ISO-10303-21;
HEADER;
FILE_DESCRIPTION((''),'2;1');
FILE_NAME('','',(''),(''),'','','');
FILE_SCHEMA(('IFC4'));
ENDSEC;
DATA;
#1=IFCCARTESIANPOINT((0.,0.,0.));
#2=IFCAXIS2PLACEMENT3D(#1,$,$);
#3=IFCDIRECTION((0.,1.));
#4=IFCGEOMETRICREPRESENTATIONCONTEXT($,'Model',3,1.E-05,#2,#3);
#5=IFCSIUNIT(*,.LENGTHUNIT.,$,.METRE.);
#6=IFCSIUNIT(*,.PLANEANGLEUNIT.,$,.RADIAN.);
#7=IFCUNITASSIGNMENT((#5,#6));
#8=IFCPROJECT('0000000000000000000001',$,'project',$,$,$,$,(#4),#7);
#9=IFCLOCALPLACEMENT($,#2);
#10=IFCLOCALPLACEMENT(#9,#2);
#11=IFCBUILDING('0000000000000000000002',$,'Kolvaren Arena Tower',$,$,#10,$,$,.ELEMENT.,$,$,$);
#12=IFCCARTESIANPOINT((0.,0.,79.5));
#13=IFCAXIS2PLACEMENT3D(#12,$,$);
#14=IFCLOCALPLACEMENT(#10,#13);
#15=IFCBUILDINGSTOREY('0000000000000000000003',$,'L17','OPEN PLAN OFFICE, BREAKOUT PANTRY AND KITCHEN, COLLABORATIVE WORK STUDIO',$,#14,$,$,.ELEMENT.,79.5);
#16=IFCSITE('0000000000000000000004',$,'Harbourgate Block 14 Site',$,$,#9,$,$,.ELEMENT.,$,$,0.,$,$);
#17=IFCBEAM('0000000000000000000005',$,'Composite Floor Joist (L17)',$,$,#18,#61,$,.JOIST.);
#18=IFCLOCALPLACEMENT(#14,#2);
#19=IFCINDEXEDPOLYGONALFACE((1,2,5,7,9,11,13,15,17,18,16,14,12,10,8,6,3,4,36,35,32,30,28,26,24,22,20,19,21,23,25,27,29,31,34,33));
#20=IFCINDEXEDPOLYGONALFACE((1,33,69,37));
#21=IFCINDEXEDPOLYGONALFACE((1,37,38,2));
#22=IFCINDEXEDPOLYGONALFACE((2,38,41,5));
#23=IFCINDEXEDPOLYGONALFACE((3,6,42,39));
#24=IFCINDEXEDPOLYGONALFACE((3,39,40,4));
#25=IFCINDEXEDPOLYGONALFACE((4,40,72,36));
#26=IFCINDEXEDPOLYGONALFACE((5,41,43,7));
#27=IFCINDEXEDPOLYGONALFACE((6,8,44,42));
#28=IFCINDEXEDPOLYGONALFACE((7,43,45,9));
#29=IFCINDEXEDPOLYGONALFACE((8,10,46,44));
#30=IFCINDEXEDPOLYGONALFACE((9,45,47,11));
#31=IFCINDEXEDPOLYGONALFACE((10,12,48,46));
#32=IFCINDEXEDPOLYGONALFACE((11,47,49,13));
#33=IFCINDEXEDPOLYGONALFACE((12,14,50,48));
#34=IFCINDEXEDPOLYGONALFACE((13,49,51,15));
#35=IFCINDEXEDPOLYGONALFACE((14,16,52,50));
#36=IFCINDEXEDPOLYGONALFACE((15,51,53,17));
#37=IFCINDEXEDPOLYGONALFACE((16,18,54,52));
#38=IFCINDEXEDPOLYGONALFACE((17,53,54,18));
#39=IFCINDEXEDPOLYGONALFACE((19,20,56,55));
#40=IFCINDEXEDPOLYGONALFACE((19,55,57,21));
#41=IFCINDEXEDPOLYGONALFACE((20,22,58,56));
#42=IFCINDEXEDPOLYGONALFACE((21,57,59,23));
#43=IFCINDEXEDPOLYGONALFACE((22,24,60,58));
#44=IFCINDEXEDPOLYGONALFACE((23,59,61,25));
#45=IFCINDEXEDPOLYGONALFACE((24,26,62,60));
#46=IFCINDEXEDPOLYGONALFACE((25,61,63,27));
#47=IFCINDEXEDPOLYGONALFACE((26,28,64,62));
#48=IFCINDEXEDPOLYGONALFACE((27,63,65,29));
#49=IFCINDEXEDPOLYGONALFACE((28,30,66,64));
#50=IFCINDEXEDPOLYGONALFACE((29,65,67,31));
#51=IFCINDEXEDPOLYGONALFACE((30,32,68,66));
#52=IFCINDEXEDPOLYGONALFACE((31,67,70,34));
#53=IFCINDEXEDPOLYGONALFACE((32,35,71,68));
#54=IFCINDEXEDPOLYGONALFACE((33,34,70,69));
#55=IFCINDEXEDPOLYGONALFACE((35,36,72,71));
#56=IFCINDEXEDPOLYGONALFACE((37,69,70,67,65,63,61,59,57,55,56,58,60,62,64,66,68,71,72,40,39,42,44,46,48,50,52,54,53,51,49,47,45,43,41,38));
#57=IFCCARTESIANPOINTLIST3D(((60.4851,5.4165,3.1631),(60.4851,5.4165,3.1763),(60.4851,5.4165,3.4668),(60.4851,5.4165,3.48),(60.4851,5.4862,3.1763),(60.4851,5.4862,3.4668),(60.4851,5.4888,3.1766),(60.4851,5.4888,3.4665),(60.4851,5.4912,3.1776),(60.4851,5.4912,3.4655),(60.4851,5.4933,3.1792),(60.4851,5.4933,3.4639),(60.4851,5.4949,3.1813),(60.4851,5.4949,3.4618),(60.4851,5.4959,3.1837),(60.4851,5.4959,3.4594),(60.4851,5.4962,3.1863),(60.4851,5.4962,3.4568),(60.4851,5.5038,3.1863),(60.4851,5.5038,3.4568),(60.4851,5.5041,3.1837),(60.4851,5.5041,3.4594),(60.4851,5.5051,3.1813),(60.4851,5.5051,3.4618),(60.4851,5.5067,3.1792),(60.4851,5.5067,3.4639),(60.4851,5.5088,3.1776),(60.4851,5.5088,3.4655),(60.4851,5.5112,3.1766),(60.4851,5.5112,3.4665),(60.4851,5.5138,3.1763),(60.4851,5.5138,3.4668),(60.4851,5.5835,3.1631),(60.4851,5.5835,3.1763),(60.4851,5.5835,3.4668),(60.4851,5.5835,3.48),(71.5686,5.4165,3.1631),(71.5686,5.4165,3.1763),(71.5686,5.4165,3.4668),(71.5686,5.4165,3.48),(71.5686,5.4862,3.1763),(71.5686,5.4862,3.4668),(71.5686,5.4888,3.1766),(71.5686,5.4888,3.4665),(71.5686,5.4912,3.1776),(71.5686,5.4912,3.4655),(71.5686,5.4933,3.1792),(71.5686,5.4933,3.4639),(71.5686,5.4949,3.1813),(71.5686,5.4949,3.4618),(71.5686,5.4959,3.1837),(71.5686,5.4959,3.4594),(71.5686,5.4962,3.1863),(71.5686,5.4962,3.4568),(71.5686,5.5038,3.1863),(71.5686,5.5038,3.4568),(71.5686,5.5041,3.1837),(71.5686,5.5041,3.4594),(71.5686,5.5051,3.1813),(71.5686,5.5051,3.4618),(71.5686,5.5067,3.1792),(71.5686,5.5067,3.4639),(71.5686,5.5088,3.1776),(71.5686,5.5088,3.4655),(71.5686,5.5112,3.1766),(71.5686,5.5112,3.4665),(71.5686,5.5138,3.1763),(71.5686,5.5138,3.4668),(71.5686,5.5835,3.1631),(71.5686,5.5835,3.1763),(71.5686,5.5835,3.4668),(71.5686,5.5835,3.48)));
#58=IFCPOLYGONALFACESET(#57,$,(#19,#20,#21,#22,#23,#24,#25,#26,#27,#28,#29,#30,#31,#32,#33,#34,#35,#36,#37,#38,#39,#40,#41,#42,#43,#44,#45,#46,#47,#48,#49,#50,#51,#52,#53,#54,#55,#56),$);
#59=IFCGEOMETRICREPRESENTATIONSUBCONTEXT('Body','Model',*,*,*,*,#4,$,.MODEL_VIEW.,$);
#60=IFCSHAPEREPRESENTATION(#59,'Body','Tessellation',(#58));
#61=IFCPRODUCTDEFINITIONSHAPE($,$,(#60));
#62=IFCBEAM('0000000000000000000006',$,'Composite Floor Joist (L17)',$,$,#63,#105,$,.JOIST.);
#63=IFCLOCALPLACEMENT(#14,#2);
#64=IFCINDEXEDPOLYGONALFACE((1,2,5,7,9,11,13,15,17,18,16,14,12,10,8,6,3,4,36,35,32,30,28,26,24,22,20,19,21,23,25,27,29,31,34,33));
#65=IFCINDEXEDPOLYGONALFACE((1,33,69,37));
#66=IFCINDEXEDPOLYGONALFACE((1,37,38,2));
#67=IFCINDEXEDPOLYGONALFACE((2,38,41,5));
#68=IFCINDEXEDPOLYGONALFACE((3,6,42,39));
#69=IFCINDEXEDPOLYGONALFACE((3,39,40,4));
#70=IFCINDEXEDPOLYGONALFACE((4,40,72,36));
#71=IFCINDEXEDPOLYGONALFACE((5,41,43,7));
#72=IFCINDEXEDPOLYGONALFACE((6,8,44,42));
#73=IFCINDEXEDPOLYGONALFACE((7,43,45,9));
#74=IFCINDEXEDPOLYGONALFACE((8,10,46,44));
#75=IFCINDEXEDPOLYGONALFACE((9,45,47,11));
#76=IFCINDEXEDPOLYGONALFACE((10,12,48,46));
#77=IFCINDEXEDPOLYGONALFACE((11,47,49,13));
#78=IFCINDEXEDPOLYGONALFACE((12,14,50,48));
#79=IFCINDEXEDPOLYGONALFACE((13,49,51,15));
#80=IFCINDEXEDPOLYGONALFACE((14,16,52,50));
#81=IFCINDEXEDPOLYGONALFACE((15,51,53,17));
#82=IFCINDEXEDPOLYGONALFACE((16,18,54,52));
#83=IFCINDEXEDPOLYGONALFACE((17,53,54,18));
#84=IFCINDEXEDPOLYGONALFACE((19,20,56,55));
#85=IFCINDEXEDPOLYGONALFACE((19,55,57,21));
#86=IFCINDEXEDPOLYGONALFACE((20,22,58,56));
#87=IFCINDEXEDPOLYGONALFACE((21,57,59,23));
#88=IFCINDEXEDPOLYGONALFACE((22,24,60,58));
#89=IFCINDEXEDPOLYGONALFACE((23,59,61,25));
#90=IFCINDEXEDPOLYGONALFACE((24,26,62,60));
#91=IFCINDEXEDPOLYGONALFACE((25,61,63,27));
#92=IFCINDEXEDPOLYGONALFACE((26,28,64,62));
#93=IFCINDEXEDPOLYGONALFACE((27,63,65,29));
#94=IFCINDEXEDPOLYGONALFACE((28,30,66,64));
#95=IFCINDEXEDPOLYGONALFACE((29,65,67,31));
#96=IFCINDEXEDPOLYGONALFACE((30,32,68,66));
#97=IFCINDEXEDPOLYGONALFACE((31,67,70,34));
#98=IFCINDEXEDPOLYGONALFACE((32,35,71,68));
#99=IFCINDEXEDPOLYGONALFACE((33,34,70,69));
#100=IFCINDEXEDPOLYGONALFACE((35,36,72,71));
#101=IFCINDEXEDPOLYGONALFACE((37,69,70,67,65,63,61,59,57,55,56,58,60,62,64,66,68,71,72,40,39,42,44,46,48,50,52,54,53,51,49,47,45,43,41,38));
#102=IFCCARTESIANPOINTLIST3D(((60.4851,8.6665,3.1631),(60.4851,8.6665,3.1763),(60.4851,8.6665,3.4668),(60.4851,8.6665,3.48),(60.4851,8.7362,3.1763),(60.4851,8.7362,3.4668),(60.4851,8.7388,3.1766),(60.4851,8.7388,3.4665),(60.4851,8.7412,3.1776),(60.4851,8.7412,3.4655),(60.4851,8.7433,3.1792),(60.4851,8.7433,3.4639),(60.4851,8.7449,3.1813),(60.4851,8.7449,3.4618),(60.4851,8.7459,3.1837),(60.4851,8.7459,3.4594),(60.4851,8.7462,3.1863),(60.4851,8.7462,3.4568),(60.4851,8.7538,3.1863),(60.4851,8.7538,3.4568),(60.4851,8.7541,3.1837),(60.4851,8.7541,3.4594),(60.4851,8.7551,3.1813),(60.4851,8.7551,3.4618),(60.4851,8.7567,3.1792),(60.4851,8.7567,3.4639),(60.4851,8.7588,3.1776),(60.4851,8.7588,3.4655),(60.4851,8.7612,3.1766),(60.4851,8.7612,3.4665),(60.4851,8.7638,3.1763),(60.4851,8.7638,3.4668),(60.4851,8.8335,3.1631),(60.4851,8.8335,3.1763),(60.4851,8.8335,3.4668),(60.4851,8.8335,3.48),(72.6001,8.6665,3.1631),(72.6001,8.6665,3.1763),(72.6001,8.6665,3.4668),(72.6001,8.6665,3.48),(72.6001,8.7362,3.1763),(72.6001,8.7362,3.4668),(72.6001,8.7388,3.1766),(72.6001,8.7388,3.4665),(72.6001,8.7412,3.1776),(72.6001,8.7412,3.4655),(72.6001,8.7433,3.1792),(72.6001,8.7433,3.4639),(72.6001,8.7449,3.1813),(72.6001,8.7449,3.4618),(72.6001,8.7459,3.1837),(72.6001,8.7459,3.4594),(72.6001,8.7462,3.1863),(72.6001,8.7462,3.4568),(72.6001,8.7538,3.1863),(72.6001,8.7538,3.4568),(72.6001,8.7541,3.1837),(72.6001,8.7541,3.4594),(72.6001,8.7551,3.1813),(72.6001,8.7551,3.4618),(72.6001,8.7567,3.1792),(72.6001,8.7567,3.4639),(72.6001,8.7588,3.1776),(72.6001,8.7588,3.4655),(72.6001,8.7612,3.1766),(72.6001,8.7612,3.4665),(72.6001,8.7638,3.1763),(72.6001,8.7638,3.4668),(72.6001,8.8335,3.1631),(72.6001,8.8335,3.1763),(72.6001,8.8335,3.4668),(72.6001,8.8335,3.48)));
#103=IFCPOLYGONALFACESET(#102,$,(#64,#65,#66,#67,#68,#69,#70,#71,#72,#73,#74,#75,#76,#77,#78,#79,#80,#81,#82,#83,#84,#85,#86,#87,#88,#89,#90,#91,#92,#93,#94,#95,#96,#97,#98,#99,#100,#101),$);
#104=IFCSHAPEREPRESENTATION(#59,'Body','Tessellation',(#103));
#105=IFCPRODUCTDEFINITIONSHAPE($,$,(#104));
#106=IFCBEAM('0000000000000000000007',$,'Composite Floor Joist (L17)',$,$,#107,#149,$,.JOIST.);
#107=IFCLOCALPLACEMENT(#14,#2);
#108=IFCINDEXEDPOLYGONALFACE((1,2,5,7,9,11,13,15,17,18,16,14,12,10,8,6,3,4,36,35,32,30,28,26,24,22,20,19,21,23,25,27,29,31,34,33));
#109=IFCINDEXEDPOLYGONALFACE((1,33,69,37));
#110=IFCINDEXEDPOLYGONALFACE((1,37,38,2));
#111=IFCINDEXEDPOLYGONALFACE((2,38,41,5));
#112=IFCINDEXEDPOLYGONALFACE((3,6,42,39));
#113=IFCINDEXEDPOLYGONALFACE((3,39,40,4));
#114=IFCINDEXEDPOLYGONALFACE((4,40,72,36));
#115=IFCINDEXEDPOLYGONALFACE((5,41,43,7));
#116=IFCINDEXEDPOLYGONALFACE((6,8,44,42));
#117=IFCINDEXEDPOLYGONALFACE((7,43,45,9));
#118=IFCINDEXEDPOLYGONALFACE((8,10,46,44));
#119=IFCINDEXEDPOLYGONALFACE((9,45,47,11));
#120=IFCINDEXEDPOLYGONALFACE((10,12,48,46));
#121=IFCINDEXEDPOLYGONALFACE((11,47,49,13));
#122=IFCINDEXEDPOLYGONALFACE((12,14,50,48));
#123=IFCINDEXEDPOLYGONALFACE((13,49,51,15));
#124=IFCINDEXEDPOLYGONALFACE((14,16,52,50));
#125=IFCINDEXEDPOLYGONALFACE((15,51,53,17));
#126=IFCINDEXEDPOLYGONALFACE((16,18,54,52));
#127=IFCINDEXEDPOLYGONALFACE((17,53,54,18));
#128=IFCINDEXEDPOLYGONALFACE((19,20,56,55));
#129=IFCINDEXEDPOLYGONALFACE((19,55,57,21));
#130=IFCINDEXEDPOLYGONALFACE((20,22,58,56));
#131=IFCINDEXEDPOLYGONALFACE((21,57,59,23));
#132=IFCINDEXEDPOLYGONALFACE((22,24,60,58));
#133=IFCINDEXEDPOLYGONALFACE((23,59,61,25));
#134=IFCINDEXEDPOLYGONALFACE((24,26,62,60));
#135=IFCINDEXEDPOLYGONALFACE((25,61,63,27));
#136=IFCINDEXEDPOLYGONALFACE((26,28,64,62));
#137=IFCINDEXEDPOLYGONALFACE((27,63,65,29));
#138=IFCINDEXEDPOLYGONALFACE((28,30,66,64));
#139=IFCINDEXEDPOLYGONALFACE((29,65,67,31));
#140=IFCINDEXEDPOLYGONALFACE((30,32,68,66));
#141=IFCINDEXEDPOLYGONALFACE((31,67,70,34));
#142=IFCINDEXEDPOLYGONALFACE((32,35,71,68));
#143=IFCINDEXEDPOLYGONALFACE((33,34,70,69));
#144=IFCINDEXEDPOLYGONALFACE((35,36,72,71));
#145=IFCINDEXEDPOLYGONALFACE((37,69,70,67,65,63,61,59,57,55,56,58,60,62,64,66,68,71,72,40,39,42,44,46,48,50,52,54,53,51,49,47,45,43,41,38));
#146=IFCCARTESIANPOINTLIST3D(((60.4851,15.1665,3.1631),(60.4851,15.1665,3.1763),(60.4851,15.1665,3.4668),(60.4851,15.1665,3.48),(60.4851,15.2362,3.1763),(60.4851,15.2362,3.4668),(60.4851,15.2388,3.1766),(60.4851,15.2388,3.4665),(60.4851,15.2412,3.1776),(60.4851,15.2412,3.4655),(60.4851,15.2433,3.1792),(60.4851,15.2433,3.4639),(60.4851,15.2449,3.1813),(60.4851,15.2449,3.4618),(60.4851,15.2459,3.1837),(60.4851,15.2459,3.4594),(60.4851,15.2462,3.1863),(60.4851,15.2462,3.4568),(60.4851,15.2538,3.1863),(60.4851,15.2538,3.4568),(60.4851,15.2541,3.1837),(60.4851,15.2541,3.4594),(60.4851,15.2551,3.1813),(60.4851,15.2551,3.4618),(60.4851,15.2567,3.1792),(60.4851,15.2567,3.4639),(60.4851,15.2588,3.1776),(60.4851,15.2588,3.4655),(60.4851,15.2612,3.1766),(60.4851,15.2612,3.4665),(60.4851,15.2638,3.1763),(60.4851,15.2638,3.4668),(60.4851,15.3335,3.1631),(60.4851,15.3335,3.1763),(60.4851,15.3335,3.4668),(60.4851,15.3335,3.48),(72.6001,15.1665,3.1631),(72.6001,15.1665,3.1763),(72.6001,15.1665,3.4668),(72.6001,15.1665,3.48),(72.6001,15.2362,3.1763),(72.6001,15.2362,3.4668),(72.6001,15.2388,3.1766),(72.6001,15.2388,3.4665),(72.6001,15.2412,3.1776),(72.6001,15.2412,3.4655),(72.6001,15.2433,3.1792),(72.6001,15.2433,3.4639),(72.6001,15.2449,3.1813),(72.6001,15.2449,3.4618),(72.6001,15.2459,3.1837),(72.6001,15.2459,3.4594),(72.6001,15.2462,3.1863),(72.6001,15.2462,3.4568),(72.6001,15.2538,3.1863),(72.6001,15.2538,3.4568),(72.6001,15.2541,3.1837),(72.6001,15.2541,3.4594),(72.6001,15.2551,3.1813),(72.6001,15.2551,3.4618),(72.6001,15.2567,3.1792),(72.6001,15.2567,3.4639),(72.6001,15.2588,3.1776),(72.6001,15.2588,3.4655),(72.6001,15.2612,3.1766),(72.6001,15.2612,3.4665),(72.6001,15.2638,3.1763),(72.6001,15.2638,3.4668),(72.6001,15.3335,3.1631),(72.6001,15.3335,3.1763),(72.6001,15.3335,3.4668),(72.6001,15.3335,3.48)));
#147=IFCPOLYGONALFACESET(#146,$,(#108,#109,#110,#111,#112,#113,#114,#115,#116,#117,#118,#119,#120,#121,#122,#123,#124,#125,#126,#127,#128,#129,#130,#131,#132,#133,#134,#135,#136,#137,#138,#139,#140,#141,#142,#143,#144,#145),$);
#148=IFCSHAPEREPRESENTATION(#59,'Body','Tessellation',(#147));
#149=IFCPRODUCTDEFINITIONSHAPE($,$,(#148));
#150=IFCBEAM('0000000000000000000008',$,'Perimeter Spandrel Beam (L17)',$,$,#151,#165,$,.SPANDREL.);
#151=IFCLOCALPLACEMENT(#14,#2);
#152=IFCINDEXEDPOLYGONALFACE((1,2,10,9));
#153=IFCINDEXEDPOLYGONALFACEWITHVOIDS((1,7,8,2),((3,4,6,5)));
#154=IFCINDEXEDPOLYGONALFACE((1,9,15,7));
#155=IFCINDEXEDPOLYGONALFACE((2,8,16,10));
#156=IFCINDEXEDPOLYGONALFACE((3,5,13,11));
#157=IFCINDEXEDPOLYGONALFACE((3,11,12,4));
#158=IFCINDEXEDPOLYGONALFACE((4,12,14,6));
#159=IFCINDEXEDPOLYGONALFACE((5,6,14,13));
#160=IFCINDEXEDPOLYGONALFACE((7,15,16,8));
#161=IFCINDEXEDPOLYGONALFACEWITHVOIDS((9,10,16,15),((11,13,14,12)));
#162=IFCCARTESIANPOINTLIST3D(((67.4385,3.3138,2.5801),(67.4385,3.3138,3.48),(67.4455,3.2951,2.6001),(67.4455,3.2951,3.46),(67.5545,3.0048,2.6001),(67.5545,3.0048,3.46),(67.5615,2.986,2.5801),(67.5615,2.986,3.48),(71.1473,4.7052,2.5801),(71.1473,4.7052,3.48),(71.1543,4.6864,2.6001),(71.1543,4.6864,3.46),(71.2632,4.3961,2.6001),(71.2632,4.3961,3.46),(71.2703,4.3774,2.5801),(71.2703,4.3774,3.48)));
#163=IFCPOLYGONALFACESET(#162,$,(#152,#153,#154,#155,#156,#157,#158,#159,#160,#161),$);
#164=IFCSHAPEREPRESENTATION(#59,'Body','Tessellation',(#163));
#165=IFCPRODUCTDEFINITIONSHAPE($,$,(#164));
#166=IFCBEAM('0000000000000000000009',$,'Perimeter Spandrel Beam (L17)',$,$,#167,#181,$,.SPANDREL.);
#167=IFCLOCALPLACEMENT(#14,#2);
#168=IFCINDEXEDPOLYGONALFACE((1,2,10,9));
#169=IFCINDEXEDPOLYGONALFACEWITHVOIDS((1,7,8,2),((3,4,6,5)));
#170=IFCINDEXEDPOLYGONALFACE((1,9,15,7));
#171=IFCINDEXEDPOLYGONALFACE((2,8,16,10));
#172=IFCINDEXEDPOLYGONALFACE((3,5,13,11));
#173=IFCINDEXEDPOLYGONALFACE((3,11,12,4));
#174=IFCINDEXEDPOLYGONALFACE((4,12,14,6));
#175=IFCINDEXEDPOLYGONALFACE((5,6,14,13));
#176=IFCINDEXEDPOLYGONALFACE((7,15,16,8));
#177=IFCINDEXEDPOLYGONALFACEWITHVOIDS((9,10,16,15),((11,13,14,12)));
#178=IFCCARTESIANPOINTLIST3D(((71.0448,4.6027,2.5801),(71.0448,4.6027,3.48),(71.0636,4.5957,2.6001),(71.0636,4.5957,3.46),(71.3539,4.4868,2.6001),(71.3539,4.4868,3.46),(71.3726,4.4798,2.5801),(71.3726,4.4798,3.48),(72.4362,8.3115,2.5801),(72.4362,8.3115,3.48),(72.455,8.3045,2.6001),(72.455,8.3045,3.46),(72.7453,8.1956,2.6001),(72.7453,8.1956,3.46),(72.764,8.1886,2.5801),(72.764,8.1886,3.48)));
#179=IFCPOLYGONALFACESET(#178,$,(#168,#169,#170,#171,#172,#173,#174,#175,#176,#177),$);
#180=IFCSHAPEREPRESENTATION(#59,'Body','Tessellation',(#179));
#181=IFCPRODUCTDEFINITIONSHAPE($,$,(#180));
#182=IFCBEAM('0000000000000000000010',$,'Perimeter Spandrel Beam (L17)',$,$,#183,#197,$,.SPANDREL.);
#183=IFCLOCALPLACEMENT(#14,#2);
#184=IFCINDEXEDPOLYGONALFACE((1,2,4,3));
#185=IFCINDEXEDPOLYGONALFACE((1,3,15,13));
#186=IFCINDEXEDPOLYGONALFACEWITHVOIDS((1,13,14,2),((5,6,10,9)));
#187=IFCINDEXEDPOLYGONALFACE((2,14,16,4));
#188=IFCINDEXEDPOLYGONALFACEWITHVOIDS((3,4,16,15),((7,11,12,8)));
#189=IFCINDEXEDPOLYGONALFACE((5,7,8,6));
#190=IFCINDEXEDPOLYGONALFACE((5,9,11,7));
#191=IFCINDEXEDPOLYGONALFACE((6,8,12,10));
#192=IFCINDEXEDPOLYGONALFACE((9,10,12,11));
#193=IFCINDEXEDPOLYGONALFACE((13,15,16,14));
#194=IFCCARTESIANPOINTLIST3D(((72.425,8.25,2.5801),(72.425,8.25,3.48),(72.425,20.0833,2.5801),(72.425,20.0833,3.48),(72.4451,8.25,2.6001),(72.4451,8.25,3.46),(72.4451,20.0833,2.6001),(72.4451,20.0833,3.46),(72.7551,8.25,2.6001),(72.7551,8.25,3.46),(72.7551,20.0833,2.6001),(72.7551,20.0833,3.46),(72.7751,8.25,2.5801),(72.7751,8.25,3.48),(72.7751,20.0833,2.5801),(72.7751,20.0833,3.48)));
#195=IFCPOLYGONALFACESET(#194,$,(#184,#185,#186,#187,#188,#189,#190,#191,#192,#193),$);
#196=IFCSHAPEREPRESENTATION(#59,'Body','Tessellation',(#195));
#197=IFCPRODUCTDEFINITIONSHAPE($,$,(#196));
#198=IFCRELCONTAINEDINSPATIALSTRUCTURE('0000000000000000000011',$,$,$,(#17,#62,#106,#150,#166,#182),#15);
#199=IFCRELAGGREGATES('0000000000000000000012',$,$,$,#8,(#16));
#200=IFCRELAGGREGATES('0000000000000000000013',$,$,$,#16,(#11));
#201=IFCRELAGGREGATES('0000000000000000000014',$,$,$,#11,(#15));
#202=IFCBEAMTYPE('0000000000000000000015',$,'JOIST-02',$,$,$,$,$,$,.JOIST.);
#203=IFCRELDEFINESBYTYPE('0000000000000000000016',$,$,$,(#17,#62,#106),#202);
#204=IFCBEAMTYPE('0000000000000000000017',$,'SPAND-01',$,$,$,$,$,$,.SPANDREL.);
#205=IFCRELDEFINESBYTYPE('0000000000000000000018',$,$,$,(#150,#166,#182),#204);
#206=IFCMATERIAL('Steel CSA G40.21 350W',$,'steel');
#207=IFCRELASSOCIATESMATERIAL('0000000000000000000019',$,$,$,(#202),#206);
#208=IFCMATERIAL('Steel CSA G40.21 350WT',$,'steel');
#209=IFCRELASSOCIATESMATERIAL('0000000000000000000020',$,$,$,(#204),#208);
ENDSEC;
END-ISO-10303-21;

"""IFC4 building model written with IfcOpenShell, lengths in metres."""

from ifc_helpers import new_model, si_unit, direction, frame, origin, origin_2d, place, context, subcontext, project, spatial, hollow_rectangle, i_section, extrude, material, material_profile, profile_set, type_object, element, save


model = new_model("IFC4")

# Units and contexts
model_context = context("Model", 3, precision=1e-05, world=origin(), true_north=direction((0.0, 1.0)))
body_context = subcontext(model_context, "Body", "Model", "MODEL_VIEW")
ifc_project = project(units=[si_unit("LENGTHUNIT", "METRE"), si_unit("PLANEANGLEUNIT", "RADIAN")], contexts=[model_context])

# Site, building, storey
site_placement = place(None, origin())
site = spatial("IfcSite", under=ifc_project, at=site_placement, Name="Harbourgate Block 14 Site", CompositionType="ELEMENT", RefElevation=0.0)
building_placement = place(site_placement, origin())
building = spatial("IfcBuilding", under=site, at=building_placement, Name="Kolvaren Arena Tower", CompositionType="ELEMENT")
storey_placement = place(building_placement, frame((0.0, 0.0, 79.5)))
storey = spatial("IfcBuildingStorey", under=building, at=storey_placement, Name="L17", Description="OPEN PLAN OFFICE, BREAKOUT PANTRY AND KITCHEN, COLLABORATIVE WORK STUDIO", CompositionType="ELEMENT", Elevation=79.5)

# Beams
ifc_material_1 = material(Name="Steel CSA G40.21 350W", Category="steel")
ifc_material_profile_1 = material_profile(ifc_material_1, i_section(OverallWidth=0.167, OverallDepth=0.3169, WebThickness=0.0076, FlangeThickness=0.0132, FilletRadius=0.01, at=origin_2d()), Name="W310x52")
ifc_profile_set_1 = profile_set([ifc_material_profile_1], Name="Steel CSA G40.21 350W")
beam_type_1 = type_object("IfcBeamType", Name="JOIST-02", PredefinedType="JOIST", material=ifc_profile_set_1)
beam_1_placement = place(storey_placement, frame((60.4851, 5.5, 3.3215), z_axis=(1.0, 0.0, 0.0), x_axis=(0.0, 1.0, 0.0)))
element("IfcBeam", 1, at=beam_1_placement, inside=storey, type_object=beam_type_1, Name="Composite Floor Joist (L17)", PredefinedType="JOIST", context=body_context, shape_type="SweptSolid", body=[
    extrude(i_section(OverallWidth=0.167, OverallDepth=0.3169, WebThickness=0.0076, FlangeThickness=0.0132, FilletRadius=0.01, at=origin_2d()), origin(), (0.0, 0.0, 1.0), 11.0835),
])
for number, where, z_axis, x_axis, name in (
    (2, (60.4851, 8.75, 3.3215), (1.0, 0.0, 0.0), (0.0, 1.0, 0.0), "Composite Floor Joist (L17)"),
    (3, (60.4851, 15.25, 3.3215), (1.0, 0.0, 0.0), (0.0, 1.0, 0.0), "Composite Floor Joist (L17)"),
):
    element("IfcBeam", number, at=place(storey_placement, frame(where, z_axis=z_axis, x_axis=x_axis)), inside=storey, type_object=beam_type_1, Name=name, PredefinedType="JOIST", context=body_context, shape_type="SweptSolid", body=[
        extrude(i_section(OverallWidth=0.167, OverallDepth=0.3169, WebThickness=0.0076, FlangeThickness=0.0132, FilletRadius=0.01, at=origin_2d()), origin(), (0.0, 0.0, 1.0), 12.115),
    ])
ifc_material_2 = material(Name="Steel CSA G40.21 350WT", Category="steel")
ifc_material_profile_2 = material_profile(ifc_material_2, hollow_rectangle(XDim=0.3501, YDim=0.8999, WallThickness=0.02, at=origin_2d()), Name="HSS 900x350x20")
ifc_profile_set_2 = profile_set([ifc_material_profile_2], Name="Steel CSA G40.21 350WT")
beam_type_2 = type_object("IfcBeamType", Name="SPAND-01", PredefinedType="SPANDREL", material=ifc_profile_set_2)
for number, where, z_axis, x_axis, name in (
    (4, (67.5, 3.1499, 3.03), (0.936281, 0.351252, 0.0), (-0.351252, 0.936281, 0.0), "Perimeter Spandrel Beam (L17)"),
    (5, (71.2087, 4.5413, 3.03), (0.351252, 0.936281, 0.0), (-0.936281, 0.351252, 0.0), "Perimeter Spandrel Beam (L17)"),
):
    element("IfcBeam", number, at=place(storey_placement, frame(where, z_axis=z_axis, x_axis=x_axis)), inside=storey, type_object=beam_type_2, Name=name, PredefinedType="SPANDREL", context=body_context, shape_type="SweptSolid", body=[
        extrude(hollow_rectangle(XDim=0.3501, YDim=0.8999, WallThickness=0.02, at=origin_2d()), origin(), (0.0, 0.0, 1.0), 3.9612),
    ])
beam_2_placement = place(storey_placement, frame((72.6001, 8.25, 3.03), z_axis=(0.0, 1.0, 0.0), x_axis=(-1.0, 0.0, 0.0)))
element("IfcBeam", 6, at=beam_2_placement, inside=storey, type_object=beam_type_2, Name="Perimeter Spandrel Beam (L17)", PredefinedType="SPANDREL", context=body_context, shape_type="SweptSolid", body=[
    extrude(hollow_rectangle(XDim=0.3501, YDim=0.8999, WallThickness=0.02, at=origin_2d()), origin(), (0.0, 0.0, 1.0), 11.8333),
])

save(model, "model.ifc")
